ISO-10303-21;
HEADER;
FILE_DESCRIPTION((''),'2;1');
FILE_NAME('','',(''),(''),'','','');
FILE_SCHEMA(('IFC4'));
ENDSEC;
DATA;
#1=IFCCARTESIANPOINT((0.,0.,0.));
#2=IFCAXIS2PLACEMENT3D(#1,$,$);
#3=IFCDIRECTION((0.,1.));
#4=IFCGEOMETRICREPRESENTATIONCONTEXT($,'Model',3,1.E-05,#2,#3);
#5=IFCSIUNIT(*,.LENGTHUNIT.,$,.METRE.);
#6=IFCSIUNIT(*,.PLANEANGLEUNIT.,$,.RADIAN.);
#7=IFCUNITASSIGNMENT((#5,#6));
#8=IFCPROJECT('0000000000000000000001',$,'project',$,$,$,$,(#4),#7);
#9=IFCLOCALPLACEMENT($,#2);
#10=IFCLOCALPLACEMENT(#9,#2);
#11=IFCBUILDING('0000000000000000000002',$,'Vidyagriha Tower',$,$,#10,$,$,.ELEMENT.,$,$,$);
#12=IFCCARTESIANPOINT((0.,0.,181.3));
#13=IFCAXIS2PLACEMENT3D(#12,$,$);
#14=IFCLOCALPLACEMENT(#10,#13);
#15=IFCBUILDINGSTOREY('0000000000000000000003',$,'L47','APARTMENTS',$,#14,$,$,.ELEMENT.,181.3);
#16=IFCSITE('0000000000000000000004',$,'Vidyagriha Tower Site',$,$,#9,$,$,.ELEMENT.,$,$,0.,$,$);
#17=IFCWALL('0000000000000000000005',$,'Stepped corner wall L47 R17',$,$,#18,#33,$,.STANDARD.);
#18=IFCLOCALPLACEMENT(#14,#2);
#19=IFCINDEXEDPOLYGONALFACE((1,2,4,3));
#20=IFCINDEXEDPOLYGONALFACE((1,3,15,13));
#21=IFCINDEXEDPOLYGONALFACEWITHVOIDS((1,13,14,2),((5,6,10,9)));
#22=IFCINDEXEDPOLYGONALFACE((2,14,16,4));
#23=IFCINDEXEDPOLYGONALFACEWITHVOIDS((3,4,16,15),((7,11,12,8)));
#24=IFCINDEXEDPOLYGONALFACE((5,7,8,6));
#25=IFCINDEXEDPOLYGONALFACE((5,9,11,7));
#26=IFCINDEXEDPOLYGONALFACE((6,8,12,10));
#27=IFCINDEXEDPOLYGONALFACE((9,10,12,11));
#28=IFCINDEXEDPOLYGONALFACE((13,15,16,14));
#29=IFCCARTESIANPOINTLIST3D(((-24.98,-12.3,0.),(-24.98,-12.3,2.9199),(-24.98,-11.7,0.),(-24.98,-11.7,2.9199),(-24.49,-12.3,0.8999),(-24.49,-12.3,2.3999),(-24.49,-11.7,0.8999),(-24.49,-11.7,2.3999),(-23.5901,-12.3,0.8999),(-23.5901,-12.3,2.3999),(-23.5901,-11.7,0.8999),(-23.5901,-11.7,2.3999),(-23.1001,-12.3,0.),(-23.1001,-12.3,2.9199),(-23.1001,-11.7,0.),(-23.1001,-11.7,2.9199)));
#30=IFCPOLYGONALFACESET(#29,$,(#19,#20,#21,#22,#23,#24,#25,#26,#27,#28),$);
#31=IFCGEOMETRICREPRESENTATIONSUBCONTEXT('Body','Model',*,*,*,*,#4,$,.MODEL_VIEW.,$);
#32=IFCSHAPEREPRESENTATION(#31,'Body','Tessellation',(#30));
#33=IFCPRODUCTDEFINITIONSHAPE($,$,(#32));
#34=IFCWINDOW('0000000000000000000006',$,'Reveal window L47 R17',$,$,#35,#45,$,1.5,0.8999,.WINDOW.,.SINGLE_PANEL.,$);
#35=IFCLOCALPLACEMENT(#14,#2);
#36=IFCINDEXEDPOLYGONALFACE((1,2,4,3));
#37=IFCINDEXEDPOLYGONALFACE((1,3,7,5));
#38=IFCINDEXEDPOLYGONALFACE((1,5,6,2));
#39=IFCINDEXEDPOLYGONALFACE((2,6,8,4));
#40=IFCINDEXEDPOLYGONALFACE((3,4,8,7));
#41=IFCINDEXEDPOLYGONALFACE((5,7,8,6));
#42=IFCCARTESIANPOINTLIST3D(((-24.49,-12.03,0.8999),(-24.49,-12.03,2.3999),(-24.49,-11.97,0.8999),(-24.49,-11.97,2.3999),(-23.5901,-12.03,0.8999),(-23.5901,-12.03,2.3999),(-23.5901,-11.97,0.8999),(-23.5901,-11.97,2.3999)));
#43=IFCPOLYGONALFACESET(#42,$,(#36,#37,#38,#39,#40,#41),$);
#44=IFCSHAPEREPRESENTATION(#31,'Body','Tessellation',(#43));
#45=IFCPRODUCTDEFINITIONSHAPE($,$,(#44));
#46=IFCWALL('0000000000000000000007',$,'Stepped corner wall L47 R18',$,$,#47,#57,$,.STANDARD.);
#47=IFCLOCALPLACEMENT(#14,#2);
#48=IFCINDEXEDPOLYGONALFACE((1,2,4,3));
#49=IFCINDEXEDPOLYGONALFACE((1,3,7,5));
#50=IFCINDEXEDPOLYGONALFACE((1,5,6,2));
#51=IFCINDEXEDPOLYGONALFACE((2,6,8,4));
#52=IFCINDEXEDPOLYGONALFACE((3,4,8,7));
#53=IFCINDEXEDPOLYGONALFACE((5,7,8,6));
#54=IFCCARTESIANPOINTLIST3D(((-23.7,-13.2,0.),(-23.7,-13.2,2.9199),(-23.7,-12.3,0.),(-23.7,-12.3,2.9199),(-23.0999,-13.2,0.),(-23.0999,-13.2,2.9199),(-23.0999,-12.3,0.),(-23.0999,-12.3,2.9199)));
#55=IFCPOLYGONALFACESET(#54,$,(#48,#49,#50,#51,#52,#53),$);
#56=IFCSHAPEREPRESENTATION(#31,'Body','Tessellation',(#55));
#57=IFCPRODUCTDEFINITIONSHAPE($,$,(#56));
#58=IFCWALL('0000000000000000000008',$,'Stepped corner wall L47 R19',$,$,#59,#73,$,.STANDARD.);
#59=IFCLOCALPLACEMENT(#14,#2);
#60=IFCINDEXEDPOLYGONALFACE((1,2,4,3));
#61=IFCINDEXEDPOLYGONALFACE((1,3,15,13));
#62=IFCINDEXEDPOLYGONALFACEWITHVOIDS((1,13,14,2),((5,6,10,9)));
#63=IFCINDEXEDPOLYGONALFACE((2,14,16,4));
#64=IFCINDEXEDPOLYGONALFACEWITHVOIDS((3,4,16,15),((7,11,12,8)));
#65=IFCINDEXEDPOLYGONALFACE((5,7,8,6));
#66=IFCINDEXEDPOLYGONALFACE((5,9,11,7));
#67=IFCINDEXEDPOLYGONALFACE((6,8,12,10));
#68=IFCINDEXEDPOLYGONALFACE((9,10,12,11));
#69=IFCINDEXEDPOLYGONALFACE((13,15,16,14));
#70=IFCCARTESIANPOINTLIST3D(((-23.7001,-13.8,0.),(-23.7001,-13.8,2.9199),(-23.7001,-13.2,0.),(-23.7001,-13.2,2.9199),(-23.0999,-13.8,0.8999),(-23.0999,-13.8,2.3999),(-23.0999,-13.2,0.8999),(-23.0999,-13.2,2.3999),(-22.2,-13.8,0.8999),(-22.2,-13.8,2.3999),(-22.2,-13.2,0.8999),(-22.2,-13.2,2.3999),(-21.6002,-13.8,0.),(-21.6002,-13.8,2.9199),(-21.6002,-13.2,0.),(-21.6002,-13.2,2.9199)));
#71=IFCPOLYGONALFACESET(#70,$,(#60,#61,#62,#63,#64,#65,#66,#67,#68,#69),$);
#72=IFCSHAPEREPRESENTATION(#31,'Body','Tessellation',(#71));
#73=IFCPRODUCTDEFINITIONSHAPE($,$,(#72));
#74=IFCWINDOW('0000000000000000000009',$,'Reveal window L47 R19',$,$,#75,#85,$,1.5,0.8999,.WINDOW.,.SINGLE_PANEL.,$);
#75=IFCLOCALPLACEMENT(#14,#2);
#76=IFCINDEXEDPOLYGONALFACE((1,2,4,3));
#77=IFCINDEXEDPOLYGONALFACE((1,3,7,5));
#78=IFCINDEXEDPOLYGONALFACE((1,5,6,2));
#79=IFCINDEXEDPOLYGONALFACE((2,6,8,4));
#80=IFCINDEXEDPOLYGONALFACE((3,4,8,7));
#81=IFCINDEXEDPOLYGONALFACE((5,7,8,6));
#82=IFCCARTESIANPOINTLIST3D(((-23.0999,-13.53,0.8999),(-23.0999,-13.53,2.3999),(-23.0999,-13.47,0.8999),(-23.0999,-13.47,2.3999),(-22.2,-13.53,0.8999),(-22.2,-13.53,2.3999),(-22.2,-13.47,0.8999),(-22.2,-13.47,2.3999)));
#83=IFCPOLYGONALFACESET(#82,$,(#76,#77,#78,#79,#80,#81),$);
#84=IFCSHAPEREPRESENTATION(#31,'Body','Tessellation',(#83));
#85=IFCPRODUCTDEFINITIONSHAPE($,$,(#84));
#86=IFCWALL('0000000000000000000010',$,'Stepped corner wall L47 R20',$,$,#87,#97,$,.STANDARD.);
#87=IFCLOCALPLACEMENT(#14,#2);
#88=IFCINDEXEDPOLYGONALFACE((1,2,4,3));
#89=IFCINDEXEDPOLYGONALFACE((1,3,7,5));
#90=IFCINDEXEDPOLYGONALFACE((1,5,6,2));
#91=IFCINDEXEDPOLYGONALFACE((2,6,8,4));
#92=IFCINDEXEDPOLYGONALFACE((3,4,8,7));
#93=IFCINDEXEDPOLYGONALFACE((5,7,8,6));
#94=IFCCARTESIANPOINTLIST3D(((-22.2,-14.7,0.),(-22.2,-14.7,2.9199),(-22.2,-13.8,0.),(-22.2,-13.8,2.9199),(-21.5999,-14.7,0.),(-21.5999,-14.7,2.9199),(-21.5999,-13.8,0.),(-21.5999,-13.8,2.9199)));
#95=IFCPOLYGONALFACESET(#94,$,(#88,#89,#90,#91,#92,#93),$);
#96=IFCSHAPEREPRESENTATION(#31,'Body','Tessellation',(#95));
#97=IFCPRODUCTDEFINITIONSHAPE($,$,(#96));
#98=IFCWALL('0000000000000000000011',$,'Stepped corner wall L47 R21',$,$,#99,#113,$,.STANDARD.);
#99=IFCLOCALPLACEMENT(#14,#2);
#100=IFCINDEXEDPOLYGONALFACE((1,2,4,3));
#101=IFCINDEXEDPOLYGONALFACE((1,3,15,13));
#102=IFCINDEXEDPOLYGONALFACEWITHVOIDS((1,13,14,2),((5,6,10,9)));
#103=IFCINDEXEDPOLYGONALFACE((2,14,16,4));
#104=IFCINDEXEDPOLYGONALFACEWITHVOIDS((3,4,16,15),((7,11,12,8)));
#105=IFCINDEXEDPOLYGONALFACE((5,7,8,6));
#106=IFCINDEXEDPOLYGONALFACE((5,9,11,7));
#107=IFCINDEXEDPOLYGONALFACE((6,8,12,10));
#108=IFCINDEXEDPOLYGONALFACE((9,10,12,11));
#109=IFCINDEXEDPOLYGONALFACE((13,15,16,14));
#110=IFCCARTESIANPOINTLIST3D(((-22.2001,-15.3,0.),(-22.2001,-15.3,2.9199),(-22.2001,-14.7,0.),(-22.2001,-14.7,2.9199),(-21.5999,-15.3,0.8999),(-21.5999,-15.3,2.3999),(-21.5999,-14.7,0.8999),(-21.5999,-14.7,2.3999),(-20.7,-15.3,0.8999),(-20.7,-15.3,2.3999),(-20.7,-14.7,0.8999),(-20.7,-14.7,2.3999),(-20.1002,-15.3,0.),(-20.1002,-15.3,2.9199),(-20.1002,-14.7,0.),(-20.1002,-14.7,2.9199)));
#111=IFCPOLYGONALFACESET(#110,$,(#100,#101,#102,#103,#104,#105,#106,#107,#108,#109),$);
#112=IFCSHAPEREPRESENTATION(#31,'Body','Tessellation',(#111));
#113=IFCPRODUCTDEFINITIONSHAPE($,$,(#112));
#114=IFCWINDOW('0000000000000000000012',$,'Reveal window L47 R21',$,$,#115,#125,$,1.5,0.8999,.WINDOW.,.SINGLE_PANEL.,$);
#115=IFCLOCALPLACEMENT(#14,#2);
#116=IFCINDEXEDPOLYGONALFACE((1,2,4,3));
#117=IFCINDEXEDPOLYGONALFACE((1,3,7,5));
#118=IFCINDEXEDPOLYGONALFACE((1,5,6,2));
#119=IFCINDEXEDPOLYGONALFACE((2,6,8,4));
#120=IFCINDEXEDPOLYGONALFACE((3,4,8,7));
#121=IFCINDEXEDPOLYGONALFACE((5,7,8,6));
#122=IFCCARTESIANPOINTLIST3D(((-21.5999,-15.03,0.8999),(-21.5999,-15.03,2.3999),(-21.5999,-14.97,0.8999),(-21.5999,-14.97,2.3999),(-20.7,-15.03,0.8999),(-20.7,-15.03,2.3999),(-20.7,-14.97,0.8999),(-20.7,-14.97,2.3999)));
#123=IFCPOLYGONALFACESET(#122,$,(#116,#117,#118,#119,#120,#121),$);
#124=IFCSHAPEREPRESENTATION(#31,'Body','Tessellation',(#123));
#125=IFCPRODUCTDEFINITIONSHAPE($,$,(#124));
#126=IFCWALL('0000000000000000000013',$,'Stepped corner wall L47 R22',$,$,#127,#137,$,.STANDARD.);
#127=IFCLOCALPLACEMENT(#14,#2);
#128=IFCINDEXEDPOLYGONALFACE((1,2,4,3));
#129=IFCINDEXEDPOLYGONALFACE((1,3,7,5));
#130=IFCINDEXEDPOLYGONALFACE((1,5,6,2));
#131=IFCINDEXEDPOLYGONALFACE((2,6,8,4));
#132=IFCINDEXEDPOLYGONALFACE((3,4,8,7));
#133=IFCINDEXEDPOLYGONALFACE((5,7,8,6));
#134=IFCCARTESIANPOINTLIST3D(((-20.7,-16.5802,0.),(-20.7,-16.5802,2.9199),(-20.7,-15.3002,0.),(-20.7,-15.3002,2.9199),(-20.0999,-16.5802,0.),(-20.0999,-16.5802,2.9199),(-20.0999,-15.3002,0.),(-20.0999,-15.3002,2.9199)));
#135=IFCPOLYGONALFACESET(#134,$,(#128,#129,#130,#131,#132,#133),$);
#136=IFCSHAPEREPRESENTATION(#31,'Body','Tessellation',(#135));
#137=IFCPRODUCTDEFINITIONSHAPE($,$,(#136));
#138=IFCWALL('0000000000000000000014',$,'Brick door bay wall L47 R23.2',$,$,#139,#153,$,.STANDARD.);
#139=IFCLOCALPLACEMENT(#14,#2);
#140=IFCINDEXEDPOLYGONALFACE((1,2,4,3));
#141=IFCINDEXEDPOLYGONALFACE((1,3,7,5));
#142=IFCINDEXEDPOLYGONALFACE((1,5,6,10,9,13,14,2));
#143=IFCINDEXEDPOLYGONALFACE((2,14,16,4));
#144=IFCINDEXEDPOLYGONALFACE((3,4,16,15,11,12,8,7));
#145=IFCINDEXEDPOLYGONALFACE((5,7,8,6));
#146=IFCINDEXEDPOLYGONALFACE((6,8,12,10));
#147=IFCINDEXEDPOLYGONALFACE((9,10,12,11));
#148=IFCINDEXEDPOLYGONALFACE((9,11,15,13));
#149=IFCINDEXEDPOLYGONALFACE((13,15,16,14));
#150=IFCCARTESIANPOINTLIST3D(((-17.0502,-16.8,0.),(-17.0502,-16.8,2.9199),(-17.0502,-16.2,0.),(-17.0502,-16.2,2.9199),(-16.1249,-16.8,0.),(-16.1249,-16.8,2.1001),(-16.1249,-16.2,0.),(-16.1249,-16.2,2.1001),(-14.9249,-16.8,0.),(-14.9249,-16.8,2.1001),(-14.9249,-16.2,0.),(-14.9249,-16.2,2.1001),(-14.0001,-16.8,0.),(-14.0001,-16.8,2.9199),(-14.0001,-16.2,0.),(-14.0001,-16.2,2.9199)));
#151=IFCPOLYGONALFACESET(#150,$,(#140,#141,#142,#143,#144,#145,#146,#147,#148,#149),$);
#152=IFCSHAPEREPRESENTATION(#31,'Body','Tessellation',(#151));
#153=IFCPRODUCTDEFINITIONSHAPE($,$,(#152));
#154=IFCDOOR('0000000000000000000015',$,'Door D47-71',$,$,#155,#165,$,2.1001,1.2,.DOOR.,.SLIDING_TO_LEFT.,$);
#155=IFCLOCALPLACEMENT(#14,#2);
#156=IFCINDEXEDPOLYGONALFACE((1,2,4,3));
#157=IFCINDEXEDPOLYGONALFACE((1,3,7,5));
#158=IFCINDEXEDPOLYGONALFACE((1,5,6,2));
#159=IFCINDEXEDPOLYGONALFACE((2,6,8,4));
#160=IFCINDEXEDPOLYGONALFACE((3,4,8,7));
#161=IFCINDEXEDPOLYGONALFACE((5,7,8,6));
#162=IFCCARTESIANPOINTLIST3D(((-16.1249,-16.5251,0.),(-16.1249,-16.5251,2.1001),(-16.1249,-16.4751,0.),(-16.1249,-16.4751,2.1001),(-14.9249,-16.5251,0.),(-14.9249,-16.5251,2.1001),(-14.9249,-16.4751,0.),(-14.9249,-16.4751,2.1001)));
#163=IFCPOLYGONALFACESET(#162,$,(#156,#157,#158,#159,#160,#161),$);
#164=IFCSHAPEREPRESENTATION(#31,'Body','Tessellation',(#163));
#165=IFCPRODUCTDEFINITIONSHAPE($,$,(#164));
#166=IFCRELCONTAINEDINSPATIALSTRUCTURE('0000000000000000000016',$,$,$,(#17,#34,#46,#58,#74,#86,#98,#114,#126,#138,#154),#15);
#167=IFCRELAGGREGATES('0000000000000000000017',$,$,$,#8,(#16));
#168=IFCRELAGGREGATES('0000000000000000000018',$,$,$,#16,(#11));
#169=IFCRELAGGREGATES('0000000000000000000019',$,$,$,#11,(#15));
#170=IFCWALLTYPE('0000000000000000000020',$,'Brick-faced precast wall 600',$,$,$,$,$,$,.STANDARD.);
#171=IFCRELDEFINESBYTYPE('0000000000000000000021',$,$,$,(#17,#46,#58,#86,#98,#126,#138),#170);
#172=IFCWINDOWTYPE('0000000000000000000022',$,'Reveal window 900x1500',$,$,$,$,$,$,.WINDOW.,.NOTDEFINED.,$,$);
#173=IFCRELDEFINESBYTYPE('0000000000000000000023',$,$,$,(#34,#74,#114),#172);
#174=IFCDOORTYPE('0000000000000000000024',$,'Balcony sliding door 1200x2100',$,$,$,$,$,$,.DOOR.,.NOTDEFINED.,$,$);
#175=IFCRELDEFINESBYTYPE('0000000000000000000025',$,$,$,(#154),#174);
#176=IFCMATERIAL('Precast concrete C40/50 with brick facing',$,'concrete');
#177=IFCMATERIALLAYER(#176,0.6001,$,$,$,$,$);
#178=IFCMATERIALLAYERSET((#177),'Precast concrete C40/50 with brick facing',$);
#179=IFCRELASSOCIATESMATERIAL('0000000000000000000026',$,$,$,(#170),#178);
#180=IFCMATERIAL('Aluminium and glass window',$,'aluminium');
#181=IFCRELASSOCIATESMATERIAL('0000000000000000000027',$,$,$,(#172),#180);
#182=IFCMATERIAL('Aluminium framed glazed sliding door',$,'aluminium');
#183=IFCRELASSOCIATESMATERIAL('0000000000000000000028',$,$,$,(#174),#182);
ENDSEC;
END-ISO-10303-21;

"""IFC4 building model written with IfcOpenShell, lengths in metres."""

from ifc_helpers import new_model, si_unit, direction, frame, frame_2d, origin, place, context, subcontext, project, spatial, rectangle, extrude, material, layer, layer_set, type_object, element, fill, save


model = new_model("IFC4")

# Units and contexts
model_context = context("Model", 3, precision=1e-05, world=origin(), true_north=direction((0.0, 1.0)))
body_context = subcontext(model_context, "Body", "Model", "MODEL_VIEW")
ifc_project = project(units=[si_unit("LENGTHUNIT", "METRE"), si_unit("PLANEANGLEUNIT", "RADIAN")], contexts=[model_context])

# Site, building, storey
site_placement = place(None, origin())
site = spatial("IfcSite", under=ifc_project, at=site_placement, Name="Vidyagriha Tower Site", CompositionType="ELEMENT", RefElevation=0.0)
building_placement = place(site_placement, origin())
building = spatial("IfcBuilding", under=site, at=building_placement, Name="Vidyagriha Tower", CompositionType="ELEMENT")
storey_placement = place(building_placement, frame((0.0, 0.0, 181.3)))
storey = spatial("IfcBuildingStorey", under=building, at=storey_placement, Name="L47", Description="APARTMENTS", CompositionType="ELEMENT", Elevation=181.3)

# Wall, opening, window
ifc_material_1 = material(Name="Precast concrete C40/50 with brick facing", Category="concrete")
ifc_layer_1 = layer(ifc_material_1, 0.6001)
ifc_layer_set_1 = layer_set([ifc_layer_1], Name="Precast concrete C40/50 with brick facing")
wall_type = type_object("IfcWallType", Name="Brick-faced precast wall 600", PredefinedType="STANDARD", material=ifc_layer_set_1)
wall_1_placement = place(storey_placement, frame((-24.98, -12.0, 0.0)))
wall_1 = element("IfcWall", 1, at=wall_1_placement, inside=storey, type_object=wall_type, Name="Stepped corner wall L47 R17", PredefinedType="STANDARD", context=body_context, shape_type="SweptSolid", body=[
    extrude(rectangle(XDim=1.8799, YDim=0.6001, at=frame_2d((0.9399, 0.0))), origin(), (0.0, 0.0, 1.0), 2.9199),
])
opening_1_placement = place(wall_1_placement, frame((0.49, 0.0, 0.8999)))
opening_1 = element("IfcOpeningElement", 2, at=opening_1_placement, cuts=wall_1, PredefinedType="OPENING", context=body_context, shape_type="SweptSolid", body=[
    extrude(rectangle(XDim=0.8999, YDim=1.5, at=frame_2d((0.45, 0.75))), frame((0.0, 0.3101, 0.0), z_axis=(0.0, -1.0, 0.0), x_axis=(1.0, 0.0, 0.0)), (0.0, 0.0, 1.0), 0.6201),
])
ifc_material_2 = material(Name="Aluminium and glass window", Category="aluminium")
window_type = type_object("IfcWindowType", Name="Reveal window 900x1500", PartitioningType="NOTDEFINED", PredefinedType="WINDOW", material=ifc_material_2)
window_1_placement = place(opening_1_placement, origin())
window_1 = element("IfcWindow", 3, at=window_1_placement, inside=storey, type_object=window_type, Name="Reveal window L47 R17", OverallHeight=1.5, OverallWidth=0.8999, PartitioningType="SINGLE_PANEL", PredefinedType="WINDOW", context=body_context, shape_type="SweptSolid", body=[
    extrude(rectangle(XDim=0.8999, YDim=1.5, at=frame_2d((0.45, 0.75))), frame((0.0, 0.03, 0.0), z_axis=(0.0, -1.0, 0.0), x_axis=(1.0, 0.0, 0.0)), (0.0, 0.0, 1.0), 0.0601),
])
fill(opening_1, window_1)

# Wall
wall_2_placement = place(storey_placement, frame((-23.3999, -12.3, 0.0), z_axis=(0.0, 0.0, 1.0), x_axis=(0.0, -1.0, 0.0)))
element("IfcWall", 4, at=wall_2_placement, inside=storey, type_object=wall_type, Name="Stepped corner wall L47 R18", PredefinedType="STANDARD", context=body_context, shape_type="SweptSolid", body=[
    extrude(rectangle(XDim=0.8999, YDim=0.6001, at=frame_2d((0.45, 0.0))), origin(), (0.0, 0.0, 1.0), 2.9199),
])

# Wall, opening, window
wall_3_placement = place(storey_placement, frame((-23.7, -13.5, 0.0)))
wall_3 = element("IfcWall", 5, at=wall_3_placement, inside=storey, type_object=wall_type, Name="Stepped corner wall L47 R19", PredefinedType="STANDARD", context=body_context, shape_type="SweptSolid", body=[
    extrude(rectangle(XDim=2.0999, YDim=0.6001, at=frame_2d((1.0498, 0.0))), origin(), (0.0, 0.0, 1.0), 2.9199),
])
opening_2_placement = place(wall_3_placement, frame((0.6001, 0.0, 0.8999)))
opening_2 = element("IfcOpeningElement", 6, at=opening_2_placement, cuts=wall_3, PredefinedType="OPENING", context=body_context, shape_type="SweptSolid", body=[
    extrude(rectangle(XDim=0.8999, YDim=1.5, at=frame_2d((0.45, 0.75))), frame((0.0, 0.3101, 0.0), z_axis=(0.0, -1.0, 0.0), x_axis=(1.0, 0.0, 0.0)), (0.0, 0.0, 1.0), 0.6201),
])
window_2_placement = place(opening_2_placement, origin())
window_2 = element("IfcWindow", 7, at=window_2_placement, inside=storey, type_object=window_type, Name="Reveal window L47 R19", OverallHeight=1.5, OverallWidth=0.8999, PartitioningType="SINGLE_PANEL", PredefinedType="WINDOW", context=body_context, shape_type="SweptSolid", body=[
    extrude(rectangle(XDim=0.8999, YDim=1.5, at=frame_2d((0.45, 0.75))), frame((0.0, 0.03, 0.0), z_axis=(0.0, -1.0, 0.0), x_axis=(1.0, 0.0, 0.0)), (0.0, 0.0, 1.0), 0.0601),
])
fill(opening_2, window_2)

# Wall
wall_4_placement = place(storey_placement, frame((-21.8999, -13.8, 0.0), z_axis=(0.0, 0.0, 1.0), x_axis=(0.0, -1.0, 0.0)))
element("IfcWall", 8, at=wall_4_placement, inside=storey, type_object=wall_type, Name="Stepped corner wall L47 R20", PredefinedType="STANDARD", context=body_context, shape_type="SweptSolid", body=[
    extrude(rectangle(XDim=0.8999, YDim=0.6001, at=frame_2d((0.45, 0.0))), origin(), (0.0, 0.0, 1.0), 2.9199),
])

# Wall, opening, window
wall_5_placement = place(storey_placement, frame((-22.2, -15.0, 0.0)))
wall_5 = element("IfcWall", 9, at=wall_5_placement, inside=storey, type_object=wall_type, Name="Stepped corner wall L47 R21", PredefinedType="STANDARD", context=body_context, shape_type="SweptSolid", body=[
    extrude(rectangle(XDim=2.0999, YDim=0.6001, at=frame_2d((1.0498, 0.0))), origin(), (0.0, 0.0, 1.0), 2.9199),
])
opening_3_placement = place(wall_5_placement, frame((0.6001, 0.0, 0.8999)))
opening_3 = element("IfcOpeningElement", 10, at=opening_3_placement, cuts=wall_5, PredefinedType="OPENING", context=body_context, shape_type="SweptSolid", body=[
    extrude(rectangle(XDim=0.8999, YDim=1.5, at=frame_2d((0.45, 0.75))), frame((0.0, 0.3101, 0.0), z_axis=(0.0, -1.0, 0.0), x_axis=(1.0, 0.0, 0.0)), (0.0, 0.0, 1.0), 0.6201),
])
window_3_placement = place(opening_3_placement, origin())
window_3 = element("IfcWindow", 11, at=window_3_placement, inside=storey, type_object=window_type, Name="Reveal window L47 R21", OverallHeight=1.5, OverallWidth=0.8999, PartitioningType="SINGLE_PANEL", PredefinedType="WINDOW", context=body_context, shape_type="SweptSolid", body=[
    extrude(rectangle(XDim=0.8999, YDim=1.5, at=frame_2d((0.45, 0.75))), frame((0.0, 0.03, 0.0), z_axis=(0.0, -1.0, 0.0), x_axis=(1.0, 0.0, 0.0)), (0.0, 0.0, 1.0), 0.0601),
])
fill(opening_3, window_3)

# Wall
wall_6_placement = place(storey_placement, frame((-20.3999, -15.3, 0.0), z_axis=(0.0, 0.0, 1.0), x_axis=(0.0, -1.0, 0.0)))
element("IfcWall", 12, at=wall_6_placement, inside=storey, type_object=wall_type, Name="Stepped corner wall L47 R22", PredefinedType="STANDARD", context=body_context, shape_type="SweptSolid", body=[
    extrude(rectangle(XDim=1.28, YDim=0.6001, at=frame_2d((0.6401, 0.0))), origin(), (0.0, 0.0, 1.0), 2.9199),
])

# Wall, opening, door
wall_7_placement = place(storey_placement, frame((-17.05, -16.5, 0.0)))
wall_7 = element("IfcWall", 13, at=wall_7_placement, inside=storey, type_object=wall_type, Name="Brick door bay wall L47 R23.2", PredefinedType="STANDARD", context=body_context, shape_type="SweptSolid", body=[
    extrude(rectangle(XDim=3.05, YDim=0.6001, at=frame_2d((1.5249, 0.0))), origin(), (0.0, 0.0, 1.0), 2.9199),
])
opening_4_placement = place(wall_7_placement, frame((0.925, 0.0, 0.0)))
opening_4 = element("IfcOpeningElement", 14, at=opening_4_placement, cuts=wall_7, PredefinedType="OPENING", context=body_context, shape_type="SweptSolid", body=[
    extrude(rectangle(XDim=1.2, YDim=2.1001, at=frame_2d((0.6001, 1.05))), frame((0.0, 0.3101, 0.0), z_axis=(0.0, -1.0, 0.0), x_axis=(1.0, 0.0, 0.0)), (0.0, 0.0, 1.0), 0.6201),
])
ifc_material_3 = material(Name="Aluminium framed glazed sliding door", Category="aluminium")
door_type = type_object("IfcDoorType", Name="Balcony sliding door 1200x2100", OperationType="NOTDEFINED", PredefinedType="DOOR", material=ifc_material_3)
door_placement = place(opening_4_placement, origin())
door = element("IfcDoor", 15, at=door_placement, inside=storey, type_object=door_type, Name="Door D47-71", OperationType="SLIDING_TO_LEFT", OverallHeight=2.1001, OverallWidth=1.2, PredefinedType="DOOR", context=body_context, shape_type="SweptSolid", body=[
    extrude(rectangle(XDim=1.2, YDim=2.1001, at=frame_2d((0.6001, 1.05))), frame((0.0, 0.0249, 0.0), z_axis=(0.0, -1.0, 0.0), x_axis=(1.0, 0.0, 0.0)), (0.0, 0.0, 1.0), 0.05),
])
fill(opening_4, door)

save(model, "model.ifc")
